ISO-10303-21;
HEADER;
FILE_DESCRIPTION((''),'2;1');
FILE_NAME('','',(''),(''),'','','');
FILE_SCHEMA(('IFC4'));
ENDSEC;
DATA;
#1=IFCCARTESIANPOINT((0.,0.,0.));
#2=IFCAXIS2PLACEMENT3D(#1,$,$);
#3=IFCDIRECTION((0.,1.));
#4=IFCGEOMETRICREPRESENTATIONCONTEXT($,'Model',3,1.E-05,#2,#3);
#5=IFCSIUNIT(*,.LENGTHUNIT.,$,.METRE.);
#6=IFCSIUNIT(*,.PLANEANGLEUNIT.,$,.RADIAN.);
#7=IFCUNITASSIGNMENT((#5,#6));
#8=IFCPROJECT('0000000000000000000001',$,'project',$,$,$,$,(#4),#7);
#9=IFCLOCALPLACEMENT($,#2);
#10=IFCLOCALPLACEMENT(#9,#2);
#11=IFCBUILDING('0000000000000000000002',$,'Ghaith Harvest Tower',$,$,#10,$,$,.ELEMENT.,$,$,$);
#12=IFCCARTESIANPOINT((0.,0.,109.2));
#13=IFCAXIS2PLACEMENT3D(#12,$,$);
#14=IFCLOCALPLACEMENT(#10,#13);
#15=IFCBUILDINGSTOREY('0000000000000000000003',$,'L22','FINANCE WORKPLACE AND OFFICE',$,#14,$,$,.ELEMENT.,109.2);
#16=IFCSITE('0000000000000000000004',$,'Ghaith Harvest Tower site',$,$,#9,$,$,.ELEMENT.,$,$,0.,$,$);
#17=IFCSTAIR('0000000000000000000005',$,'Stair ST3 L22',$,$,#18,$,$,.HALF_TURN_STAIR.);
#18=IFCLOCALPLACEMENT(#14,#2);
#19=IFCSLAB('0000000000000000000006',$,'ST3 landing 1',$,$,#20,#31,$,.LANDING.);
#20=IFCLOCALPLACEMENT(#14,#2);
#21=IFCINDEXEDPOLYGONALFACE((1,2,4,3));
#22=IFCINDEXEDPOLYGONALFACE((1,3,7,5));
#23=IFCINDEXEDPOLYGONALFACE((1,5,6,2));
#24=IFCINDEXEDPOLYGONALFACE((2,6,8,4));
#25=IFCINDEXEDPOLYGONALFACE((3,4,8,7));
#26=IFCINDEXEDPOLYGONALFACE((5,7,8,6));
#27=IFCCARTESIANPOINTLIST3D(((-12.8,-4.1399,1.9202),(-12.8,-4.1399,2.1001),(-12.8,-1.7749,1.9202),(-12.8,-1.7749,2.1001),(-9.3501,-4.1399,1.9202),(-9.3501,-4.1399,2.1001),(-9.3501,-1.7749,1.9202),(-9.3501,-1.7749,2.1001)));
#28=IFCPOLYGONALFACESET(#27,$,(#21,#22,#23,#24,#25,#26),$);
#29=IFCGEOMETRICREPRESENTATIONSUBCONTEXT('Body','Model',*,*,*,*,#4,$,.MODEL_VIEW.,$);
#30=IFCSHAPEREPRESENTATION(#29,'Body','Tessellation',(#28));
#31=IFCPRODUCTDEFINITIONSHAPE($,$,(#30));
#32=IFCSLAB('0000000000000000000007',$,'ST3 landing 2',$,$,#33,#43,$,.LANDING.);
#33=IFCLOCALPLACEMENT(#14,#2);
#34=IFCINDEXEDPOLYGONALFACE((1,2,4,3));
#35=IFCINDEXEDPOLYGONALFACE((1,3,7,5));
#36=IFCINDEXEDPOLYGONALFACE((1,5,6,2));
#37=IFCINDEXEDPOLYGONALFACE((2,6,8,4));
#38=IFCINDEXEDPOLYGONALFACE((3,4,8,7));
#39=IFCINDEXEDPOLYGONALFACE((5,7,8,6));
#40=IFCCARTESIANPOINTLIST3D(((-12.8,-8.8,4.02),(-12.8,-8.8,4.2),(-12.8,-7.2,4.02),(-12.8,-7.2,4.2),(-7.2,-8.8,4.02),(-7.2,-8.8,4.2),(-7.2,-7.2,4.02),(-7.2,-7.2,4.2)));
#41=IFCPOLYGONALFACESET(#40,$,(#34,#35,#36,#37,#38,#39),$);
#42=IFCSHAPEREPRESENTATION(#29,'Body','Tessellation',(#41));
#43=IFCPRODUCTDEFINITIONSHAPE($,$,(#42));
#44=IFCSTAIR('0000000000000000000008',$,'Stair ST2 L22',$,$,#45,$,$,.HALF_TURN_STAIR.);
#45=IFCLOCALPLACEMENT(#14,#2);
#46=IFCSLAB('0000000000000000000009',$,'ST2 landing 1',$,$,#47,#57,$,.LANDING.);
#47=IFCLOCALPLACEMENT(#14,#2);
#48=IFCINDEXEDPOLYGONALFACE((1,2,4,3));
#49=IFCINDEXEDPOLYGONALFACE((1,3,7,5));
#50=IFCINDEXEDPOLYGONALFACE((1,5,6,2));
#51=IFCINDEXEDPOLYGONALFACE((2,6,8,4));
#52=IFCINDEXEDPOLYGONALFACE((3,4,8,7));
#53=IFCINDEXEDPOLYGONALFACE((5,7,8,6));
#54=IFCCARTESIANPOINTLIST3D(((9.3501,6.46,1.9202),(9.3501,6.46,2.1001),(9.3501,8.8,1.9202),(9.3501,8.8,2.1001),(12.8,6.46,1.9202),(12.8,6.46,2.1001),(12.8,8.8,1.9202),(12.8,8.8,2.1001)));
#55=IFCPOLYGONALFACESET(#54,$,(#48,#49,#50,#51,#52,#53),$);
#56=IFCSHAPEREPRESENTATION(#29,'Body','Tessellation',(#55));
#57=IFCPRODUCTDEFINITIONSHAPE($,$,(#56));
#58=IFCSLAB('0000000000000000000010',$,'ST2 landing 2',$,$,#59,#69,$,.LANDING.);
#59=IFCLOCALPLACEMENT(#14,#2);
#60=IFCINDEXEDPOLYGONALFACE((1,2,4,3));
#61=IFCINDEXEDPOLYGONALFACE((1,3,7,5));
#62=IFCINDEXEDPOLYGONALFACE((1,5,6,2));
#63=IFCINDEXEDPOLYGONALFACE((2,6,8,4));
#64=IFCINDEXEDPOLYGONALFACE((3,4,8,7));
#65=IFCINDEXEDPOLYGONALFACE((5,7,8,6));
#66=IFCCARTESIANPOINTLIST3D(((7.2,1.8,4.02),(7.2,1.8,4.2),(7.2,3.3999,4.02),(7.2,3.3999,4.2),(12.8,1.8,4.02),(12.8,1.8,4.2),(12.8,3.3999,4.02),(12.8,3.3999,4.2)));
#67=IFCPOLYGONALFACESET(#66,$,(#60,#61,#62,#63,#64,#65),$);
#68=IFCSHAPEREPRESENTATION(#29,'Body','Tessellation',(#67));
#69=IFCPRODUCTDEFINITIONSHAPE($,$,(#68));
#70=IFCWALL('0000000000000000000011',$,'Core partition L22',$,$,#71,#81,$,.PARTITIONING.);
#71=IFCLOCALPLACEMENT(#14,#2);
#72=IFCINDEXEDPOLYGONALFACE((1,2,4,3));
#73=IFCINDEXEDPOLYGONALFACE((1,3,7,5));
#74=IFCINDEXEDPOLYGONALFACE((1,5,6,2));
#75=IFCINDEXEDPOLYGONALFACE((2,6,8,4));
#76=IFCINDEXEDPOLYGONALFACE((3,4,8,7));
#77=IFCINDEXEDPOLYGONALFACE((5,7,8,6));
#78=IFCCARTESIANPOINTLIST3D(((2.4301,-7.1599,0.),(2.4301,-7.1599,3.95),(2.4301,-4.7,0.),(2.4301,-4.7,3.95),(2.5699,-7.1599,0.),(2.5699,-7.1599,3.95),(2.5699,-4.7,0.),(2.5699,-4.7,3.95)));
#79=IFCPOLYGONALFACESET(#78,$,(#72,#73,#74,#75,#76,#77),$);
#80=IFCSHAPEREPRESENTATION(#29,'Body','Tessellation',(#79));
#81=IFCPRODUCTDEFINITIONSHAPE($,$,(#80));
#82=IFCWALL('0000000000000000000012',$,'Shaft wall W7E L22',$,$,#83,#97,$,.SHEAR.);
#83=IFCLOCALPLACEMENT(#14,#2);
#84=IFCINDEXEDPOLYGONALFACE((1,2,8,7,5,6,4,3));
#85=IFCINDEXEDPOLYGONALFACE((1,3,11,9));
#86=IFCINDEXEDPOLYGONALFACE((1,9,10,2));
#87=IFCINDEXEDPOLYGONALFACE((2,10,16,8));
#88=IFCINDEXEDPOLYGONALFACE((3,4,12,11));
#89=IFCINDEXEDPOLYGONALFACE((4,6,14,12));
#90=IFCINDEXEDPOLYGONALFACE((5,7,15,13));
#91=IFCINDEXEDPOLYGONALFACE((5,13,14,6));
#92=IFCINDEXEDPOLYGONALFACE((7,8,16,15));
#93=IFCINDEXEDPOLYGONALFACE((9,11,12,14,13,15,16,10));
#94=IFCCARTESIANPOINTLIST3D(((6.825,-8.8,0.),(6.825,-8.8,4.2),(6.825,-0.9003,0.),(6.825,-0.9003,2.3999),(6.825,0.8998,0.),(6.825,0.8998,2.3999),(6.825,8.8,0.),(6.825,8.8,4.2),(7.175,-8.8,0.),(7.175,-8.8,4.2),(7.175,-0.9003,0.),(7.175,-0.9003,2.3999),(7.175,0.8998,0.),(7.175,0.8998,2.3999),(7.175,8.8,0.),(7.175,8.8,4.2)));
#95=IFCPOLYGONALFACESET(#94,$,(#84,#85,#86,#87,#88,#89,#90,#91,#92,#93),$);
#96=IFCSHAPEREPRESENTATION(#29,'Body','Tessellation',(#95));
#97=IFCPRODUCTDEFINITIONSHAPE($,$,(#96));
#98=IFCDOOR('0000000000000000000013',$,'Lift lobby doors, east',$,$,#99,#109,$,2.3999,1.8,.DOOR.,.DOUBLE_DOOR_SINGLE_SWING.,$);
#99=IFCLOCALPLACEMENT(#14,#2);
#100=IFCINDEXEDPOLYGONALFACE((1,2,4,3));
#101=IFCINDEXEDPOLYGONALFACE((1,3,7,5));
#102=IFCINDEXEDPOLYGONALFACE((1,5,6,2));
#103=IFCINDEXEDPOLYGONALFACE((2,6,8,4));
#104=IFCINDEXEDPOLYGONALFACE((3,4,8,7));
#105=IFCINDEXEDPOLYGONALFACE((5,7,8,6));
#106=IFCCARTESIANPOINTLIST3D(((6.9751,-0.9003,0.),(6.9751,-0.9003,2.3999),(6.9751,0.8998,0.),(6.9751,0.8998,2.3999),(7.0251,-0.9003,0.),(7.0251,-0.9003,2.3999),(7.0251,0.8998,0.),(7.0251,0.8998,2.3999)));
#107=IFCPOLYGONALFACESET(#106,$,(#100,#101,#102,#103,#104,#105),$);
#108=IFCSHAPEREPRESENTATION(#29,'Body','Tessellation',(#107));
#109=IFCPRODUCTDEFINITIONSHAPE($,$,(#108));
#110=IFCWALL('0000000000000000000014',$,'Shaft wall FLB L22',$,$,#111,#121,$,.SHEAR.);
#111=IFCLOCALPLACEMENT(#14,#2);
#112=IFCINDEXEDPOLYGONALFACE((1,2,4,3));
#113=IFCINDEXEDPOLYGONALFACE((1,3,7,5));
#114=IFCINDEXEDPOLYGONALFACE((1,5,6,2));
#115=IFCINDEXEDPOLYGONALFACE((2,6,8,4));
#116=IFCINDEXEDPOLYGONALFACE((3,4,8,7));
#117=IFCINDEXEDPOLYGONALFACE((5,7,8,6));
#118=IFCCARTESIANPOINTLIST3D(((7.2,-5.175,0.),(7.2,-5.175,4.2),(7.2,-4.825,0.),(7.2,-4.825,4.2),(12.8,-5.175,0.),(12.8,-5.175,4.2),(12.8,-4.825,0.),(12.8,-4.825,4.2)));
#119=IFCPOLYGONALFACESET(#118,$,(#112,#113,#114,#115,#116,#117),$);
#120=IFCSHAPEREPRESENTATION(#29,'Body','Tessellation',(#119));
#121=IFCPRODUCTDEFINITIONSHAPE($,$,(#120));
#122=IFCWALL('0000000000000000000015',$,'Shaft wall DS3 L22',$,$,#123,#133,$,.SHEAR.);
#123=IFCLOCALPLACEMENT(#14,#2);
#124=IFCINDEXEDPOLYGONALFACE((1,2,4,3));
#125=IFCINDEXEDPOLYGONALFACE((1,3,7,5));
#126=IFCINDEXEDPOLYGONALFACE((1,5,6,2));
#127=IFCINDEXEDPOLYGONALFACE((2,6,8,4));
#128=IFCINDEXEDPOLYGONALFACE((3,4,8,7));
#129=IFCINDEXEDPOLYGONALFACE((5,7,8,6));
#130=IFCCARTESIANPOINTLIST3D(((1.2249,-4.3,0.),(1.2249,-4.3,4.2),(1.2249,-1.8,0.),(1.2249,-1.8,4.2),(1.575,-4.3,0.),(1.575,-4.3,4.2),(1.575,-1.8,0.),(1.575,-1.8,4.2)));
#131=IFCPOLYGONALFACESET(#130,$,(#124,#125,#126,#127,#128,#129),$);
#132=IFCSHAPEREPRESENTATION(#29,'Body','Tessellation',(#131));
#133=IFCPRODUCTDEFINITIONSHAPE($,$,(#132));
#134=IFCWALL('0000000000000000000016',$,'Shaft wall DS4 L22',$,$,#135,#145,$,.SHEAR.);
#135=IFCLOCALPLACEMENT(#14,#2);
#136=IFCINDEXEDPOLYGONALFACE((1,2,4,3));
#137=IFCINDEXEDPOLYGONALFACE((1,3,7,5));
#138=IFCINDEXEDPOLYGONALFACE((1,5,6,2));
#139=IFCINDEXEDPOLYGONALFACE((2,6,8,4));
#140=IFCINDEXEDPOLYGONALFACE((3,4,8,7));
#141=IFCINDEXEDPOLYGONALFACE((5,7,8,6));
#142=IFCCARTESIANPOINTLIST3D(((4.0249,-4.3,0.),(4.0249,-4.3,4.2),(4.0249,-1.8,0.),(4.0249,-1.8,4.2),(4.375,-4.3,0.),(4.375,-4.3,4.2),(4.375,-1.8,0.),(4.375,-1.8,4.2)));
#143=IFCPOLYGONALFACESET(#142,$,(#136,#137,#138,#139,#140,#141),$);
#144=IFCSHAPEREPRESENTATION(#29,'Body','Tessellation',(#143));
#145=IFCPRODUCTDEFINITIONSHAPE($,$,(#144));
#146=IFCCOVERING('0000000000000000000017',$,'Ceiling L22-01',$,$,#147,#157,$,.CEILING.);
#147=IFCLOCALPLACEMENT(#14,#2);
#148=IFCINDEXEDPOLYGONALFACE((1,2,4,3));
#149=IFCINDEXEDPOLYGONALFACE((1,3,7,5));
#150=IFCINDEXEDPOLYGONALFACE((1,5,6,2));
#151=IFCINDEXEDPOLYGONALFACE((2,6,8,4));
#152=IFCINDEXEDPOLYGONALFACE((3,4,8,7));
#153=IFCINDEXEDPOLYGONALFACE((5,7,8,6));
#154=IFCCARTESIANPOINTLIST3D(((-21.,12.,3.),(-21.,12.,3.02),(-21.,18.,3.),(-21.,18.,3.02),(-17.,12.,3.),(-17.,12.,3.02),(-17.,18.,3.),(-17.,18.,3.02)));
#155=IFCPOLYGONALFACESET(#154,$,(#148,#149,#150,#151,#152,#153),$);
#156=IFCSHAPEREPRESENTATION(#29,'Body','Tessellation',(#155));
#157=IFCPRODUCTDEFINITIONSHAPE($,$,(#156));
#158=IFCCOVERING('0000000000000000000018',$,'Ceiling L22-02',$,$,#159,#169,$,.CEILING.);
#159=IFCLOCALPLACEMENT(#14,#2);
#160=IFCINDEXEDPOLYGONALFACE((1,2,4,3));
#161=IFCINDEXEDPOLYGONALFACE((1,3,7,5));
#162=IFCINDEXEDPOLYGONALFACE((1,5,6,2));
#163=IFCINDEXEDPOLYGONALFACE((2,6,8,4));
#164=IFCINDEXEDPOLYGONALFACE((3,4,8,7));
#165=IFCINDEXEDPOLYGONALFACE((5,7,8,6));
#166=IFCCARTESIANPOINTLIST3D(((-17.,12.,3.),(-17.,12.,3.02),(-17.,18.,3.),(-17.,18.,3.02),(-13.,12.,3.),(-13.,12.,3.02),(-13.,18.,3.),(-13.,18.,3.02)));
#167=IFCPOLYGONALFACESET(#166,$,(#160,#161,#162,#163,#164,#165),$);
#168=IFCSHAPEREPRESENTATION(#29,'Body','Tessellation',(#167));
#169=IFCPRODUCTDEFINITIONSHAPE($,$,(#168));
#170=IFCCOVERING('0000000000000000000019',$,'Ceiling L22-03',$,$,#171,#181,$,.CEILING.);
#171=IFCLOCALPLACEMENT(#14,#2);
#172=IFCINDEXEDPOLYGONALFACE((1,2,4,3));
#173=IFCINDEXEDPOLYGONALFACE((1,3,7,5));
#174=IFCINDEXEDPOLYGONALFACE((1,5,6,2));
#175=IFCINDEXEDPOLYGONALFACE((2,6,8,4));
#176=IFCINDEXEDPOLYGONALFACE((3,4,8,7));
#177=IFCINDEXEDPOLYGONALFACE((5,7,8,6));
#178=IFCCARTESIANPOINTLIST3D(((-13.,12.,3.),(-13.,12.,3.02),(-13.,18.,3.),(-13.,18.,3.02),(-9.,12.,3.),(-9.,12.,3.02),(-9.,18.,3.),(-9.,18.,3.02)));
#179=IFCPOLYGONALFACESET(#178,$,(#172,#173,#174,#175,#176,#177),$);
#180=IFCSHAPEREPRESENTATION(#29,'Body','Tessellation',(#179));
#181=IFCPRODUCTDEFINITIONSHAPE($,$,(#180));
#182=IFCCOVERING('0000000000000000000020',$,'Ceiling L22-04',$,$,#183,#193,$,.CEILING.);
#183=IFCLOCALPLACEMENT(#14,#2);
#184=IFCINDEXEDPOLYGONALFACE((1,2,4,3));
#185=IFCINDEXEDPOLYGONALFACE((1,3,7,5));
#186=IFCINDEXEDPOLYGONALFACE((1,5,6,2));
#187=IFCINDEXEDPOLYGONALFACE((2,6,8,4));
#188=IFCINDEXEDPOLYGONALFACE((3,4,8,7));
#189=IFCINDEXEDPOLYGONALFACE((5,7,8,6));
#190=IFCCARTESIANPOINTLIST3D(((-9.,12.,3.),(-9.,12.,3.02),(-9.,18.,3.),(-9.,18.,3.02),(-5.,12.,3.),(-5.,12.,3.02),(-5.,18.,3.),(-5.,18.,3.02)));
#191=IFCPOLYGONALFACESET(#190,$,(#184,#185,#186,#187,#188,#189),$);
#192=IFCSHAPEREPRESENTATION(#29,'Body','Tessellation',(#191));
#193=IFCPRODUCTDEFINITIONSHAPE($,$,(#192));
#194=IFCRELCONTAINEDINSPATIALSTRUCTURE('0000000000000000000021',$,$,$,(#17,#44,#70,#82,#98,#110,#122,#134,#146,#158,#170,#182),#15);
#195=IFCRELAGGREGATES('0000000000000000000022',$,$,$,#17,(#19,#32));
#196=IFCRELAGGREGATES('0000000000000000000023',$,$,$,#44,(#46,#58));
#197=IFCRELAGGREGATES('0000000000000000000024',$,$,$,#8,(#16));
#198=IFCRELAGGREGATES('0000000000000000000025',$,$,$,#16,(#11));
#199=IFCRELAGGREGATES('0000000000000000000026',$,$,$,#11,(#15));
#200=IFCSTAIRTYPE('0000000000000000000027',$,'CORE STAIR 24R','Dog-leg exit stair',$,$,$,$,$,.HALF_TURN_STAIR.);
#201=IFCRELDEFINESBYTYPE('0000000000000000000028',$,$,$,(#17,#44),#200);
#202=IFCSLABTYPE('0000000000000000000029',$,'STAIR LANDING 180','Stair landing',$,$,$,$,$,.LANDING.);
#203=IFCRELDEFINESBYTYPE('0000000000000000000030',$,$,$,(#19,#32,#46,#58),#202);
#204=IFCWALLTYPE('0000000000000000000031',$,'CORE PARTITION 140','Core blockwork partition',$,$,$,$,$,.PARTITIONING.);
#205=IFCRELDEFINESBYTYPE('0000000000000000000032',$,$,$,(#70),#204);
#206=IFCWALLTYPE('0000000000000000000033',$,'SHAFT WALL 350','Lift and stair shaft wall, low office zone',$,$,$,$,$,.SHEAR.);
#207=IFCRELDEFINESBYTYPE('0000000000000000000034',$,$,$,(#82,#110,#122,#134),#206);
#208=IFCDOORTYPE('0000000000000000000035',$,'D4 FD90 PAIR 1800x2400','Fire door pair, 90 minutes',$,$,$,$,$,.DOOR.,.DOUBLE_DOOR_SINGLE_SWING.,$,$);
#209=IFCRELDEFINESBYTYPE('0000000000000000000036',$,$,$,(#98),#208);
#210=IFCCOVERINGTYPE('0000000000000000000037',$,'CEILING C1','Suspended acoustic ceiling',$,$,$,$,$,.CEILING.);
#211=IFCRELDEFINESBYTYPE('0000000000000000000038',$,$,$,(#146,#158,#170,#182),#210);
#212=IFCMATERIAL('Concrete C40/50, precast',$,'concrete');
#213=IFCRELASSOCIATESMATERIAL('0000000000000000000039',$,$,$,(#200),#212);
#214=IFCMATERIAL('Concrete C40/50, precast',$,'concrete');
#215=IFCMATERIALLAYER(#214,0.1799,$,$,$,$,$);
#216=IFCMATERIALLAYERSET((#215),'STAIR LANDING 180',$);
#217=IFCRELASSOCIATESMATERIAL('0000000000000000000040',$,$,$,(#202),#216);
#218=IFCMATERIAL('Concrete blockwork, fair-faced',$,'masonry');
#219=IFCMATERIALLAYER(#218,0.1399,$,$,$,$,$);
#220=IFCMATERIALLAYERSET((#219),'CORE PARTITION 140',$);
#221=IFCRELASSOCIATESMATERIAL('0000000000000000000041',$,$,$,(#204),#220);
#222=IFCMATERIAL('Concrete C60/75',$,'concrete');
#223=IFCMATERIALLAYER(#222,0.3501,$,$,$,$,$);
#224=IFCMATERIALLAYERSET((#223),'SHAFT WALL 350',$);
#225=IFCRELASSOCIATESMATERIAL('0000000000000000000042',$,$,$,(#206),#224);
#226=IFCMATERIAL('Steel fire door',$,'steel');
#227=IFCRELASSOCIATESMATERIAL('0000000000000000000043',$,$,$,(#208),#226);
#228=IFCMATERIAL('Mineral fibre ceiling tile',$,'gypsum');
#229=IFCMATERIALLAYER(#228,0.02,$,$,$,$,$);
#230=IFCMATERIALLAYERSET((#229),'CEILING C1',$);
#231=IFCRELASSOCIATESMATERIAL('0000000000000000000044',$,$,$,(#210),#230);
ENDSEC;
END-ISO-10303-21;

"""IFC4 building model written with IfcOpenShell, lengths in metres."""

from ifc_helpers import new_model, si_unit, direction, frame, frame_2d, origin, place, context, subcontext, project, spatial, polyline, rectangle, outline, extrude, material, layer, layer_set, type_object, element, fill, aggregate, save


model = new_model("IFC4")

# Units and contexts
model_context = context("Model", 3, precision=1e-05, world=origin(), true_north=direction((0.0, 1.0)))
body_context = subcontext(model_context, "Body", "Model", "MODEL_VIEW")
ifc_project = project(units=[si_unit("LENGTHUNIT", "METRE"), si_unit("PLANEANGLEUNIT", "RADIAN")], contexts=[model_context])

# Site, building, storey
site_placement = place(None, origin())
site = spatial("IfcSite", under=ifc_project, at=site_placement, Name="Ghaith Harvest Tower site", CompositionType="ELEMENT", RefElevation=0.0)
building_placement = place(site_placement, origin())
building = spatial("IfcBuilding", under=site, at=building_placement, Name="Ghaith Harvest Tower", CompositionType="ELEMENT")
storey_placement = place(building_placement, frame((0.0, 0.0, 109.2)))
storey = spatial("IfcBuildingStorey", under=building, at=storey_placement, Name="L22", Description="FINANCE WORKPLACE AND OFFICE", CompositionType="ELEMENT", Elevation=109.2)

# Stairs, slabs
ifc_material_1 = material(Name="Concrete C40/50, precast", Category="concrete")
stair_type = type_object("IfcStairType", Name="CORE STAIR 24R", Description="Dog-leg exit stair", PredefinedType="HALF_TURN_STAIR", material=ifc_material_1)
ifc_material_2 = material(Name="Concrete C40/50, precast", Category="concrete")
ifc_layer_1 = layer(ifc_material_2, 0.1799)
ifc_layer_set_1 = layer_set([ifc_layer_1], Name="STAIR LANDING 180")
slab_type_1 = type_object("IfcSlabType", Name="STAIR LANDING 180", Description="Stair landing", PredefinedType="LANDING", material=ifc_layer_set_1)
stair_1_placement = place(storey_placement, origin())
stair_1 = element("IfcStair", 1, at=stair_1_placement, inside=storey, type_object=stair_type, Name="Stair ST3 L22", PredefinedType="HALF_TURN_STAIR")
slab_1_placement = place(storey_placement, frame((0.0, 0.0, 1.9202)))
slab_1 = element("IfcSlab", 2, at=slab_1_placement, type_object=slab_type_1, Name="ST3 landing 1", PredefinedType="LANDING", context=body_context, shape_type="SweptSolid", body=[
    extrude(outline(polyline([(-12.8, -4.1399), (-12.8, -1.7749), (-9.3501, -1.7749), (-9.3501, -4.1399), (-12.8, -4.1399)])), origin(), (0.0, 0.0, 1.0), 0.1799),
])
slab_2_placement = place(storey_placement, frame((0.0, 0.0, 4.02)))
slab_2 = element("IfcSlab", 3, at=slab_2_placement, type_object=slab_type_1, Name="ST3 landing 2", PredefinedType="LANDING", context=body_context, shape_type="SweptSolid", body=[
    extrude(outline(polyline([(-12.8, -8.8), (-12.8, -7.2), (-7.2, -7.2), (-7.2, -8.8), (-12.8, -8.8)])), origin(), (0.0, 0.0, 1.0), 0.1799),
])
aggregate(stair_1, [slab_1, slab_2])
stair_2_placement = place(storey_placement, origin())
stair_2 = element("IfcStair", 4, at=stair_2_placement, inside=storey, type_object=stair_type, Name="Stair ST2 L22", PredefinedType="HALF_TURN_STAIR")
slab_3_placement = place(storey_placement, frame((0.0, 0.0, 1.9202)))
slab_3 = element("IfcSlab", 5, at=slab_3_placement, type_object=slab_type_1, Name="ST2 landing 1", PredefinedType="LANDING", context=body_context, shape_type="SweptSolid", body=[
    extrude(outline(polyline([(12.8, 6.46), (12.8, 8.8), (9.3501, 8.8), (9.3501, 6.46), (12.8, 6.46)])), origin(), (0.0, 0.0, 1.0), 0.1799),
])
slab_4_placement = place(storey_placement, frame((0.0, 0.0, 4.02)))
slab_4 = element("IfcSlab", 6, at=slab_4_placement, type_object=slab_type_1, Name="ST2 landing 2", PredefinedType="LANDING", context=body_context, shape_type="SweptSolid", body=[
    extrude(outline(polyline([(12.8, 1.8), (12.8, 3.3999), (7.2, 3.3999), (7.2, 1.8), (12.8, 1.8)])), origin(), (0.0, 0.0, 1.0), 0.1799),
])
aggregate(stair_2, [slab_3, slab_4])

# Wall
ifc_material_3 = material(Name="Concrete blockwork, fair-faced", Category="masonry")
ifc_layer_2 = layer(ifc_material_3, 0.1399)
ifc_layer_set_2 = layer_set([ifc_layer_2], Name="CORE PARTITION 140")
wall_type_1 = type_object("IfcWallType", Name="CORE PARTITION 140", Description="Core blockwork partition", PredefinedType="PARTITIONING", material=ifc_layer_set_2)
wall_1_placement = place(storey_placement, frame((2.5, -4.7, 0.0), z_axis=(0.0, 0.0, 1.0), x_axis=(0.0, -1.0, 0.0)))
element("IfcWall", 7, at=wall_1_placement, inside=storey, type_object=wall_type_1, Name="Core partition L22", PredefinedType="PARTITIONING", context=body_context, shape_type="SweptSolid", body=[
    extrude(rectangle(XDim=2.46, YDim=0.1399, at=frame_2d((1.23, 0.0))), origin(), (0.0, 0.0, 1.0), 3.95),
])

# Wall, opening, door
ifc_material_4 = material(Name="Concrete C60/75", Category="concrete")
ifc_layer_3 = layer(ifc_material_4, 0.3501)
ifc_layer_set_3 = layer_set([ifc_layer_3], Name="SHAFT WALL 350")
wall_type_2 = type_object("IfcWallType", Name="SHAFT WALL 350", Description="Lift and stair shaft wall, low office zone", PredefinedType="SHEAR", material=ifc_layer_set_3)
wall_2_placement = place(storey_placement, frame((7.0, -8.8, 0.0), z_axis=(0.0, 0.0, 1.0), x_axis=(0.0, 1.0, 0.0)))
wall_2 = element("IfcWall", 8, at=wall_2_placement, inside=storey, type_object=wall_type_2, Name="Shaft wall W7E L22", PredefinedType="SHEAR", context=body_context, shape_type="SweptSolid", body=[
    extrude(rectangle(XDim=17.6001, YDim=0.3501, at=frame_2d((8.8, 0.0))), origin(), (0.0, 0.0, 1.0), 4.2),
])
opening_1_placement = place(wall_2_placement, frame((7.8999, 0.0, 0.0)))
opening_1 = element("IfcOpeningElement", 9, at=opening_1_placement, cuts=wall_2, PredefinedType="OPENING", context=body_context, shape_type="SweptSolid", body=[
    extrude(rectangle(XDim=1.8, YDim=2.3999, at=frame_2d((0.8999, 1.2))), frame((0.0, 0.1851, 0.0), z_axis=(0.0, -1.0, 0.0), x_axis=(1.0, 0.0, 0.0)), (0.0, 0.0, 1.0), 0.3701),
])
ifc_material_5 = material(Name="Steel fire door", Category="steel")
door_type_1 = type_object("IfcDoorType", Name="D4 FD90 PAIR 1800x2400", Description="Fire door pair, 90 minutes", OperationType="DOUBLE_DOOR_SINGLE_SWING", PredefinedType="DOOR", material=ifc_material_5)
door_1_placement = place(opening_1_placement, origin())
door_1 = element("IfcDoor", 10, at=door_1_placement, inside=storey, type_object=door_type_1, Name="Lift lobby doors, east", OperationType="DOUBLE_DOOR_SINGLE_SWING", OverallHeight=2.3999, OverallWidth=1.8, PredefinedType="DOOR", context=body_context, shape_type="SweptSolid", body=[
    extrude(rectangle(XDim=1.8, YDim=2.3999, at=frame_2d((0.8999, 1.2))), frame((0.0, 0.0249, 0.0), z_axis=(0.0, -1.0, 0.0), x_axis=(1.0, 0.0, 0.0)), (0.0, 0.0, 1.0), 0.05),
])
fill(opening_1, door_1)

# Walls
wall_3_placement = place(storey_placement, frame((7.2, -5.0, 0.0), z_axis=(0.0, 0.0, 1.0), x_axis=(1.0, 0.0, 0.0)))
element("IfcWall", 11, at=wall_3_placement, inside=storey, type_object=wall_type_2, Name="Shaft wall FLB L22", PredefinedType="SHEAR", context=body_context, shape_type="SweptSolid", body=[
    extrude(rectangle(XDim=5.6001, YDim=0.3501, at=frame_2d((2.8, 0.0))), origin(), (0.0, 0.0, 1.0), 4.2),
])
for number, where, z_axis, x_axis, name in (
    (12, (1.3999, -4.3, 0.0), (0.0, 0.0, 1.0), (0.0, 1.0, 0.0), "Shaft wall DS3 L22"),
    (13, (4.2, -4.3, 0.0), (0.0, 0.0, 1.0), (0.0, 1.0, 0.0), "Shaft wall DS4 L22"),
):
    element("IfcWall", number, at=place(storey_placement, frame(where, z_axis=z_axis, x_axis=x_axis)), inside=storey, type_object=wall_type_2, Name=name, PredefinedType="SHEAR", context=body_context, shape_type="SweptSolid", body=[
        extrude(rectangle(XDim=2.5, YDim=0.3501, at=frame_2d((1.25, 0.0))), origin(), (0.0, 0.0, 1.0), 4.2),
    ])

# Coverings
ifc_material_6 = material(Name="Mineral fibre ceiling tile", Category="gypsum")
ifc_layer_4 = layer(ifc_material_6, 0.02)
ifc_layer_set_4 = layer_set([ifc_layer_4], Name="CEILING C1")
covering_type = type_object("IfcCoveringType", Name="CEILING C1", Description="Suspended acoustic ceiling", PredefinedType="CEILING", material=ifc_layer_set_4)
covering_1_placement = place(storey_placement, frame((0.0, 0.0, 3.0)))
element("IfcCovering", 14, at=covering_1_placement, inside=storey, type_object=covering_type, Name="Ceiling L22-01", PredefinedType="CEILING", context=body_context, shape_type="SweptSolid", body=[
    extrude(outline(polyline([(-21.0, 12.0), (-17.0, 12.0), (-17.0, 18.0), (-21.0, 18.0), (-21.0, 12.0)])), origin(), (0.0, 0.0, 1.0), 0.02),
])
covering_2_placement = place(storey_placement, frame((0.0, 0.0, 3.0)))
element("IfcCovering", 15, at=covering_2_placement, inside=storey, type_object=covering_type, Name="Ceiling L22-02", PredefinedType="CEILING", context=body_context, shape_type="SweptSolid", body=[
    extrude(outline(polyline([(-17.0, 12.0), (-13.0, 12.0), (-13.0, 18.0), (-17.0, 18.0), (-17.0, 12.0)])), origin(), (0.0, 0.0, 1.0), 0.02),
])
covering_3_placement = place(storey_placement, frame((0.0, 0.0, 3.0)))
element("IfcCovering", 16, at=covering_3_placement, inside=storey, type_object=covering_type, Name="Ceiling L22-03", PredefinedType="CEILING", context=body_context, shape_type="SweptSolid", body=[
    extrude(outline(polyline([(-13.0, 12.0), (-9.0, 12.0), (-9.0, 18.0), (-13.0, 18.0), (-13.0, 12.0)])), origin(), (0.0, 0.0, 1.0), 0.02),
])
covering_4_placement = place(storey_placement, frame((0.0, 0.0, 3.0)))
element("IfcCovering", 17, at=covering_4_placement, inside=storey, type_object=covering_type, Name="Ceiling L22-04", PredefinedType="CEILING", context=body_context, shape_type="SweptSolid", body=[
    extrude(outline(polyline([(-9.0, 12.0), (-5.0, 12.0), (-5.0, 18.0), (-9.0, 18.0), (-9.0, 12.0)])), origin(), (0.0, 0.0, 1.0), 0.02),
])

save(model, "model.ifc")
